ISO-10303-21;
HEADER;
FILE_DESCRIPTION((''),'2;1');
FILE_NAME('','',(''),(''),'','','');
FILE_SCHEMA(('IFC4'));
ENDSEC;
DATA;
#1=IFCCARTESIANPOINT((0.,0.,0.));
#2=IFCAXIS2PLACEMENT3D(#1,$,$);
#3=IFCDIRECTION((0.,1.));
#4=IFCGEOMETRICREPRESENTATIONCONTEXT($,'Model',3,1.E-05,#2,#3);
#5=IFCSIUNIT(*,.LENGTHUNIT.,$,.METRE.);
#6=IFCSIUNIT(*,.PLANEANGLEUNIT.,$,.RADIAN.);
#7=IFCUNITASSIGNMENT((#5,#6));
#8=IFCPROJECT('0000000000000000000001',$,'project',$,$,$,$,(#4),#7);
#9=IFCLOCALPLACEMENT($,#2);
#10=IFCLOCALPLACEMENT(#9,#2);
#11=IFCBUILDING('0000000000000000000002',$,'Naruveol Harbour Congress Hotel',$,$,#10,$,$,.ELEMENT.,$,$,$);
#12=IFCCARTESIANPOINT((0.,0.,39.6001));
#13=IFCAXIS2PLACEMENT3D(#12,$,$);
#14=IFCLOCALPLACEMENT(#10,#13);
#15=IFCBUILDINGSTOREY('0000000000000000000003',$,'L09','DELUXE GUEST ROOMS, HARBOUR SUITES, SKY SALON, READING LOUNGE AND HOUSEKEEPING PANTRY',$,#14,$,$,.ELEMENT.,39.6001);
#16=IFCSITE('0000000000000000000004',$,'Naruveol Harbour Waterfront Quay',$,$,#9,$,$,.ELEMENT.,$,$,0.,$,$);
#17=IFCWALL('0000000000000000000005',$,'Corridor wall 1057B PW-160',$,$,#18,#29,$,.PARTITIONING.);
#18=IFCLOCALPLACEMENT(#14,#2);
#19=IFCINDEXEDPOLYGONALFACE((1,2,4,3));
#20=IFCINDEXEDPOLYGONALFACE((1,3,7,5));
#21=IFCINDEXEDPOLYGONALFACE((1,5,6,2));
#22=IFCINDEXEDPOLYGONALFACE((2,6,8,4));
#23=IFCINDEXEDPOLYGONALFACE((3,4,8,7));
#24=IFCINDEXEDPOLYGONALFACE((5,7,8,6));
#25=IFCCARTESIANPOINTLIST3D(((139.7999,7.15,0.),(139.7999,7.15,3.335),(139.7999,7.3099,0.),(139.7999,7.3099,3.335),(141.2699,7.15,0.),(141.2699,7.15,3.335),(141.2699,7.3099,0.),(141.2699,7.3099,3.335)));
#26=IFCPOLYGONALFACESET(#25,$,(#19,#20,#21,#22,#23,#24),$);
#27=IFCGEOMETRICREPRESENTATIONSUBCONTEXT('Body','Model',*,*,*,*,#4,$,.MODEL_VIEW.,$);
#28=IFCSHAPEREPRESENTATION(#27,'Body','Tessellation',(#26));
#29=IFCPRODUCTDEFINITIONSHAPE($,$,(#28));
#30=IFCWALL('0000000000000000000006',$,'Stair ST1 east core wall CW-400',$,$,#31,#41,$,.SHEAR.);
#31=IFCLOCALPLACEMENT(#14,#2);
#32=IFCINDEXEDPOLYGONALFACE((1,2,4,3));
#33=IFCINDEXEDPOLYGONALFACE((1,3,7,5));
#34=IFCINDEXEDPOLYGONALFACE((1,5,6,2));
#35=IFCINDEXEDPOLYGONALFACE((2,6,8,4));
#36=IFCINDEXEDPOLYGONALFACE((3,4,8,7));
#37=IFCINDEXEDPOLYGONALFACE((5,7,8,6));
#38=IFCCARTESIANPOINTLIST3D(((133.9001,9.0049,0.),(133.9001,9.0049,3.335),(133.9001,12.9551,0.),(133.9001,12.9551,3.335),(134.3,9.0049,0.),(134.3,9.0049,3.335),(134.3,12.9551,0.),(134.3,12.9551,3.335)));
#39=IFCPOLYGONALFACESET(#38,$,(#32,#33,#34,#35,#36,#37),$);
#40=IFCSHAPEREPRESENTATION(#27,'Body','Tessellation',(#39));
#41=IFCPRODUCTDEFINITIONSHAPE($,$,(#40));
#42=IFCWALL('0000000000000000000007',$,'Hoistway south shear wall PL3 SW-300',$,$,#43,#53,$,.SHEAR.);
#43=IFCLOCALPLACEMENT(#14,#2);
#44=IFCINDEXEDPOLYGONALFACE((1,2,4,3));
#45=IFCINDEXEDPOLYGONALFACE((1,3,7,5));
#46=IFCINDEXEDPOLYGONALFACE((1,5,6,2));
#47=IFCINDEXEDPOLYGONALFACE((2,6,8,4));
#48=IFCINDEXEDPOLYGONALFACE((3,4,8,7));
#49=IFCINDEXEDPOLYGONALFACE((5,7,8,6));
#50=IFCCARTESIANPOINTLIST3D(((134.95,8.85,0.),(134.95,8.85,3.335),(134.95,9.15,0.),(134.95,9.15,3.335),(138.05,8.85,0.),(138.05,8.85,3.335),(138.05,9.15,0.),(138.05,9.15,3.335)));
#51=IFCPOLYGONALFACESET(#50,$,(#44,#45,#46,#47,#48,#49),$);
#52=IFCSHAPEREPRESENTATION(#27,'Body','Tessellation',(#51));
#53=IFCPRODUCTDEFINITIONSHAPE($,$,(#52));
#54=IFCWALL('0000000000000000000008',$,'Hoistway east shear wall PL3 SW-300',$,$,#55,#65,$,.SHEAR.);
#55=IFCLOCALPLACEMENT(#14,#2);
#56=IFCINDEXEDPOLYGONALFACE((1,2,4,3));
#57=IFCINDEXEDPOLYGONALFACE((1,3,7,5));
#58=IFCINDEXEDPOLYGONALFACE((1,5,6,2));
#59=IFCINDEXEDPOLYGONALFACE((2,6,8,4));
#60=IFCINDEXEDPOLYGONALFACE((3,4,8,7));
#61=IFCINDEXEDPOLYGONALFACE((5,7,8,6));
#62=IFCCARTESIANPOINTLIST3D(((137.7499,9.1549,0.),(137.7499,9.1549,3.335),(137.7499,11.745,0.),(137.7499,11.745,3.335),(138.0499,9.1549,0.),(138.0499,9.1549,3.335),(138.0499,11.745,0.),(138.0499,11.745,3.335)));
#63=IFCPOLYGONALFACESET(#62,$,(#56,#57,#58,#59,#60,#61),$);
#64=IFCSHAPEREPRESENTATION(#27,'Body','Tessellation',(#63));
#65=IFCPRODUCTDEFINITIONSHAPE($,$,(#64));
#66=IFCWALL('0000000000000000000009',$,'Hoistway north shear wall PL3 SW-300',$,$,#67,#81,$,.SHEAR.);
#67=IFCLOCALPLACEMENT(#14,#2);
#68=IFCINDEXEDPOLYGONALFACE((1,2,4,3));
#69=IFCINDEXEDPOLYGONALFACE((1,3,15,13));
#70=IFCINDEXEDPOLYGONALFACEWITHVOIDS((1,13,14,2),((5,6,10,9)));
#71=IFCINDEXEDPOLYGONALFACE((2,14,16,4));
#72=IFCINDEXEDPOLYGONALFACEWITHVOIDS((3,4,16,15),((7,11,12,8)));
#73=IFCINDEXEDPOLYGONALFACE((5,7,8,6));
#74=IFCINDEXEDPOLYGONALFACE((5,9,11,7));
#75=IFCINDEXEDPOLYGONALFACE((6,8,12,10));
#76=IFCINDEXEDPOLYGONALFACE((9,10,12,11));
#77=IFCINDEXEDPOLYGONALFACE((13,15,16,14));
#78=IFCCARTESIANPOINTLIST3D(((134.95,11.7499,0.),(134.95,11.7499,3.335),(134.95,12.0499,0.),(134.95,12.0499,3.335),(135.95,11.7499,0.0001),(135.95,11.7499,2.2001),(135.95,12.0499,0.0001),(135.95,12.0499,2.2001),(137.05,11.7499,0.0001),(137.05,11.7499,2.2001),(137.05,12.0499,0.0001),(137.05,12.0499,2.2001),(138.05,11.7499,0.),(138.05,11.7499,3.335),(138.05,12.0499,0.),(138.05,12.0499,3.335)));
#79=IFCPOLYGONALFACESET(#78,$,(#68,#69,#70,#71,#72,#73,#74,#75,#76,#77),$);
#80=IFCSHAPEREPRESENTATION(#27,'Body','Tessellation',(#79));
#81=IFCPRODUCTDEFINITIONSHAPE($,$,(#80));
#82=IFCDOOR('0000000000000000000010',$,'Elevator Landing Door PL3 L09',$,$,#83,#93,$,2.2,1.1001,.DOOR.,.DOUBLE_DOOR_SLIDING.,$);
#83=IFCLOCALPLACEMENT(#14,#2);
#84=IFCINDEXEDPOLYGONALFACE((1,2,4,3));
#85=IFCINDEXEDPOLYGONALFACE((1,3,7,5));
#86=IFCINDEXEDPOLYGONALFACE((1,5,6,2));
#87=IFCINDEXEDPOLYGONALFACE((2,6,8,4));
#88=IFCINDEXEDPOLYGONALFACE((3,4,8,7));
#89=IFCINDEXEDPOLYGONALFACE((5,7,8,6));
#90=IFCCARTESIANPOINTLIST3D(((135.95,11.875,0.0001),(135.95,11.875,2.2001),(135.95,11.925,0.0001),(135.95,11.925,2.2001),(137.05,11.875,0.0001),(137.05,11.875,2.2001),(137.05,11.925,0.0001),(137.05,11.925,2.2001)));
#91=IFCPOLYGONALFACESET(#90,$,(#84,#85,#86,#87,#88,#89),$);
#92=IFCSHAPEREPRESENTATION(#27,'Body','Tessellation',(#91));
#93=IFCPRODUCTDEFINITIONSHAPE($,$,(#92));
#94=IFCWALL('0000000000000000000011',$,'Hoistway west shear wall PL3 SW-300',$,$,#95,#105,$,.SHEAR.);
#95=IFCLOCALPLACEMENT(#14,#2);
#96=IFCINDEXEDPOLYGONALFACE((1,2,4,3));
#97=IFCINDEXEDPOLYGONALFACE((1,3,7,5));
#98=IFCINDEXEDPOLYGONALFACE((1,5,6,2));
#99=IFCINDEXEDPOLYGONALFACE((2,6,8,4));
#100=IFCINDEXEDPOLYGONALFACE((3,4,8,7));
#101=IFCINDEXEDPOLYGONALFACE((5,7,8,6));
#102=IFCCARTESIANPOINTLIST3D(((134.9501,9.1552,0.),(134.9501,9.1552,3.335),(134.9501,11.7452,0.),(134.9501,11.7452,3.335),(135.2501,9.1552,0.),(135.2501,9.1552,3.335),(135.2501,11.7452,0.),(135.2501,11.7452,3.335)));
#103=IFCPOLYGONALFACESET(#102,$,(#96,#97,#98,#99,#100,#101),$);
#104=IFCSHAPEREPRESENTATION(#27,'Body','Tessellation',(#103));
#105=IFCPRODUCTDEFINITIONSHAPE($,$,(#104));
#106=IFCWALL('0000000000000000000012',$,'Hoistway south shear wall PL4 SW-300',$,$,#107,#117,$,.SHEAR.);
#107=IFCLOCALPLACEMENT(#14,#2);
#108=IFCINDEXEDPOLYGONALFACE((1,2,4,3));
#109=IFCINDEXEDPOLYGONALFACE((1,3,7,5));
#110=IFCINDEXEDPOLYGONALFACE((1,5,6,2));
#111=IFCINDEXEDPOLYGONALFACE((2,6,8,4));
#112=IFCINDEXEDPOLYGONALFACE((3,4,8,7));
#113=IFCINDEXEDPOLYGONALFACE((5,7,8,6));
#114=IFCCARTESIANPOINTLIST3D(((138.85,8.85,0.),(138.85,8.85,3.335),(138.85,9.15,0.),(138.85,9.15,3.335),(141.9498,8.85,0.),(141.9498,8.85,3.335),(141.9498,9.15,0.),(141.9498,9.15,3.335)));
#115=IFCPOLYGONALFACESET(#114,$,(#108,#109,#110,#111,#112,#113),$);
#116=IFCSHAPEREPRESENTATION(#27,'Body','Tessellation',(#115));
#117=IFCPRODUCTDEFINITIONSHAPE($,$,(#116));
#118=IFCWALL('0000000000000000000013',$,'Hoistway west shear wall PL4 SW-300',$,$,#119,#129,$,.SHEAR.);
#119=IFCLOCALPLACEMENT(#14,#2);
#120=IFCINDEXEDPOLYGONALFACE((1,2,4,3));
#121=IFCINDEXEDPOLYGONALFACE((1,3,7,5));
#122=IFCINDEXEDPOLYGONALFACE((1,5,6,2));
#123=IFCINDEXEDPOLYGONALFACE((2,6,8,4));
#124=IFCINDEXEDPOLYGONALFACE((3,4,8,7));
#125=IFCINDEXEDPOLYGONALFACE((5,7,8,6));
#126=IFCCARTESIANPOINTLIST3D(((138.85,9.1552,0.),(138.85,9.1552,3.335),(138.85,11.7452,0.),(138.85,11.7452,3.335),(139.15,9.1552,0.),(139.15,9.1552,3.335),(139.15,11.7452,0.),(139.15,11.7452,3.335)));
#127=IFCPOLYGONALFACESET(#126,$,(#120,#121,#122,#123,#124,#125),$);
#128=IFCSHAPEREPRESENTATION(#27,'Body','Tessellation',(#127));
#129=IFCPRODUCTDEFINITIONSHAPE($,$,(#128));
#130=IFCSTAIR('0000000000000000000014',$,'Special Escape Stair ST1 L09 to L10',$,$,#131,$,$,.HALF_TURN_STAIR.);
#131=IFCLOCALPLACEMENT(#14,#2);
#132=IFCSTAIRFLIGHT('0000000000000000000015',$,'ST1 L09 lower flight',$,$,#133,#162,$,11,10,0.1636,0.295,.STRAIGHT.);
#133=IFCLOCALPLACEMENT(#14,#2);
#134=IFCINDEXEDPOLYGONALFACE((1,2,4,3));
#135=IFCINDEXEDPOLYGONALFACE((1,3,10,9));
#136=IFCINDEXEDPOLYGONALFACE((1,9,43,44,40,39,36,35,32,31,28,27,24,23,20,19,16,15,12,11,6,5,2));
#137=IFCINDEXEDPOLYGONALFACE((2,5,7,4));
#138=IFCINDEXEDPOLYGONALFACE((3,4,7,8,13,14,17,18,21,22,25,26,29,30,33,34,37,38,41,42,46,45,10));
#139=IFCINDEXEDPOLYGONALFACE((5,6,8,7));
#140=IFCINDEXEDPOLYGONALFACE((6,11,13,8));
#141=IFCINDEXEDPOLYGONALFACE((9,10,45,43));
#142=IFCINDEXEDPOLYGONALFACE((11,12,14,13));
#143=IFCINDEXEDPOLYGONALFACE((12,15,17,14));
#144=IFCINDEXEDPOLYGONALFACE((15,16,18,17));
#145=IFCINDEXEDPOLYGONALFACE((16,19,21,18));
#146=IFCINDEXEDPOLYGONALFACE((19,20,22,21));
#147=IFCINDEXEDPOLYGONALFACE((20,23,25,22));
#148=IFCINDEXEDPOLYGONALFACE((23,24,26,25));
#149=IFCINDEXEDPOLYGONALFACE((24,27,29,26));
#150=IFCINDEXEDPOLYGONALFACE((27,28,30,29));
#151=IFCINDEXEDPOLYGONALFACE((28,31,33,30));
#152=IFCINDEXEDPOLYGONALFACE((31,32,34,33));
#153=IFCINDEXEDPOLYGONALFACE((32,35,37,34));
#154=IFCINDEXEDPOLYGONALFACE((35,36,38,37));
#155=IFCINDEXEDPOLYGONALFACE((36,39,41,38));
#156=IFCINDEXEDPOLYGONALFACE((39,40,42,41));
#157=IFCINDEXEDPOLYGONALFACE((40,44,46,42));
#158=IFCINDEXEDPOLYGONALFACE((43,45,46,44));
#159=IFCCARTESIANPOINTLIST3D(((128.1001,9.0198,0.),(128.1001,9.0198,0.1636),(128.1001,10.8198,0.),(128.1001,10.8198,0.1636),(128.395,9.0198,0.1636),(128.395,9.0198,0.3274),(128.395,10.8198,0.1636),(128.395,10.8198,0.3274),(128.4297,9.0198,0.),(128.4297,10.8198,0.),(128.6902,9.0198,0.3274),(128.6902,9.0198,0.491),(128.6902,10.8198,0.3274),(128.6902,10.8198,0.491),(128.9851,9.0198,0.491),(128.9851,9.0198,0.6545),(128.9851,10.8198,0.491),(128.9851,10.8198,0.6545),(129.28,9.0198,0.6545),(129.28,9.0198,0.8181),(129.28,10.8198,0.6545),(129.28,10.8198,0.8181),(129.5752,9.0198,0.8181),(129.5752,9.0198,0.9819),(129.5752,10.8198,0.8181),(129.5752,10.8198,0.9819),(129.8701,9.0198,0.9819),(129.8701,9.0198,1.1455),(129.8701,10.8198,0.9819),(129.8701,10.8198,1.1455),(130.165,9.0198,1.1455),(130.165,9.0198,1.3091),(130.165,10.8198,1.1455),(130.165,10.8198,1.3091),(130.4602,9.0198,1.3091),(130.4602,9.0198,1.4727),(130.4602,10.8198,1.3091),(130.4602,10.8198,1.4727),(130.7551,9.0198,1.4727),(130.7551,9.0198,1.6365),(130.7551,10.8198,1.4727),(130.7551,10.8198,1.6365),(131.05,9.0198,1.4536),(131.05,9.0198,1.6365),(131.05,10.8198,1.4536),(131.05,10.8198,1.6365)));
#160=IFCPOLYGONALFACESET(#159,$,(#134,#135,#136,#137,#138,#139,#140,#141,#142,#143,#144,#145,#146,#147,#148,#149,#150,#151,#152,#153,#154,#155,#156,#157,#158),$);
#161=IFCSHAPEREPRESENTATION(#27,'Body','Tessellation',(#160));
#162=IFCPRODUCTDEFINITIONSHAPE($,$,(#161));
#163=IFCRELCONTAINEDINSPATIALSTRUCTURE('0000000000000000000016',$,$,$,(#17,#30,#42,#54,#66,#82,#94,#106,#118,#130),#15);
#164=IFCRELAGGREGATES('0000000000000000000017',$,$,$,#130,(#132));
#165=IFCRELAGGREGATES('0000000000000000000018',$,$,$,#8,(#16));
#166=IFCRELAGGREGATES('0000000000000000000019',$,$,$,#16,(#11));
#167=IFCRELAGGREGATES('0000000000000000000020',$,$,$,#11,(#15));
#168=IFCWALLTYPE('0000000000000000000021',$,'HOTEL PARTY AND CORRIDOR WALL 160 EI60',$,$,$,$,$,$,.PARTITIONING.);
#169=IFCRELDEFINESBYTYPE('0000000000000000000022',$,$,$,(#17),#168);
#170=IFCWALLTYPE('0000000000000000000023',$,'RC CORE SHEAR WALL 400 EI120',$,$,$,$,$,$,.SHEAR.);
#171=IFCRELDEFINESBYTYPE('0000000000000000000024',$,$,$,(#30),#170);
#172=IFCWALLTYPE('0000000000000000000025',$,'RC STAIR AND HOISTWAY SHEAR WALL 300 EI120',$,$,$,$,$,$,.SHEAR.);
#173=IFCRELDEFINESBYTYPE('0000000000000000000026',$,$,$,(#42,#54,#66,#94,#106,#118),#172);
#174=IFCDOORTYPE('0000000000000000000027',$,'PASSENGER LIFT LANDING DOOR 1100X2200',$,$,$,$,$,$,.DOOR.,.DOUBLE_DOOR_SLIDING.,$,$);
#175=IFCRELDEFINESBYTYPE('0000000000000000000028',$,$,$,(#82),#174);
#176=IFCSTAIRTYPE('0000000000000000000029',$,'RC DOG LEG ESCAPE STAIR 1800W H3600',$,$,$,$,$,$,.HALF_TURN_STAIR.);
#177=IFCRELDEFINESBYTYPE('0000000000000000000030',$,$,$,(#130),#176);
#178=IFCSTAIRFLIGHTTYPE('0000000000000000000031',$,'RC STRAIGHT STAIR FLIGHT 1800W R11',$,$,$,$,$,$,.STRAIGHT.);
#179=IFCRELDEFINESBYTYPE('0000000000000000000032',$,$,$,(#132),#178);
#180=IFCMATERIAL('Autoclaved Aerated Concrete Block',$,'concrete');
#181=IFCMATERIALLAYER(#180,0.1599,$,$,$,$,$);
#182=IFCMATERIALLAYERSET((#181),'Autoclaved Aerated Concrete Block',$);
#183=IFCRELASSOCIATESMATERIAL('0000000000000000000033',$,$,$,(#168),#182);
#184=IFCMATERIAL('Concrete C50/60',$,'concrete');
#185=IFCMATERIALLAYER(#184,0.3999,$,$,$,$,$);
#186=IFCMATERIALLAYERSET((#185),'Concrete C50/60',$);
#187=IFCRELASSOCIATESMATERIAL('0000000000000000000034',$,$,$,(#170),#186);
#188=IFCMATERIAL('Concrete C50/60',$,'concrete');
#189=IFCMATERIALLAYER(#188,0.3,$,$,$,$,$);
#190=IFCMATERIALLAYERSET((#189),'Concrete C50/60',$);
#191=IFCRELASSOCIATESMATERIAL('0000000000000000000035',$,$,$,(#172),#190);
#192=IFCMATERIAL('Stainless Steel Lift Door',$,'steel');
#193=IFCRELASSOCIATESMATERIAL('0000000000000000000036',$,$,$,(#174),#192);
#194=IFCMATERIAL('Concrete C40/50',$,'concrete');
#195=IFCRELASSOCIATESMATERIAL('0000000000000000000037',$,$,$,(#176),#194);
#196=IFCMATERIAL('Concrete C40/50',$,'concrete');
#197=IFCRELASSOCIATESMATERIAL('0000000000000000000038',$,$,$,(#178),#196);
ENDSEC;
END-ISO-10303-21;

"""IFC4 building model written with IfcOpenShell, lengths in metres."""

from ifc_helpers import new_model, si_unit, direction, frame, frame_2d, origin, place, context, subcontext, project, spatial, polyline, rectangle, outline, extrude, material, layer, layer_set, type_object, element, fill, aggregate, save


model = new_model("IFC4")

# Units and contexts
model_context = context("Model", 3, precision=1e-05, world=origin(), true_north=direction((0.0, 1.0)))
body_context = subcontext(model_context, "Body", "Model", "MODEL_VIEW")
ifc_project = project(units=[si_unit("LENGTHUNIT", "METRE"), si_unit("PLANEANGLEUNIT", "RADIAN")], contexts=[model_context])

# Site, building, storey
site_placement = place(None, origin())
site = spatial("IfcSite", under=ifc_project, at=site_placement, Name="Naruveol Harbour Waterfront Quay", CompositionType="ELEMENT", RefElevation=0.0)
building_placement = place(site_placement, origin())
building = spatial("IfcBuilding", under=site, at=building_placement, Name="Naruveol Harbour Congress Hotel", CompositionType="ELEMENT")
storey_placement = place(building_placement, frame((0.0, 0.0, 39.6001)))
storey = spatial("IfcBuildingStorey", under=building, at=storey_placement, Name="L09", Description="DELUXE GUEST ROOMS, HARBOUR SUITES, SKY SALON, READING LOUNGE AND HOUSEKEEPING PANTRY", CompositionType="ELEMENT", Elevation=39.6001)

# Shared definitions
ifc_material_1 = material(Name="Autoclaved Aerated Concrete Block", Category="concrete")
ifc_layer_1 = layer(ifc_material_1, 0.1599)
ifc_layer_set_1 = layer_set([ifc_layer_1], Name="Autoclaved Aerated Concrete Block")
wall_type_1 = type_object("IfcWallType", Name="HOTEL PARTY AND CORRIDOR WALL 160 EI60", PredefinedType="PARTITIONING", material=ifc_layer_set_1)

# Walls
wall_1_placement = place(storey_placement, frame((139.8, 7.23, 0.0), z_axis=(0.0, 0.0, 1.0), x_axis=(1.0, 0.0, 0.0)))
element("IfcWall", 1, at=wall_1_placement, inside=storey, type_object=wall_type_1, Name="Corridor wall 1057B PW-160", PredefinedType="PARTITIONING", context=body_context, shape_type="SweptSolid", body=[
    extrude(rectangle(XDim=1.47, YDim=0.1599, at=frame_2d((0.7349, 0.0))), origin(), (0.0, 0.0, 1.0), 3.335),
])
ifc_material_2 = material(Name="Concrete C50/60", Category="concrete")
ifc_layer_2 = layer(ifc_material_2, 0.3999)
ifc_layer_set_2 = layer_set([ifc_layer_2], Name="Concrete C50/60")
wall_type_2 = type_object("IfcWallType", Name="RC CORE SHEAR WALL 400 EI120", PredefinedType="SHEAR", material=ifc_layer_set_2)
wall_2_placement = place(storey_placement, frame((134.1001, 9.0049, 0.0), z_axis=(0.0, 0.0, 1.0), x_axis=(0.0, 1.0, 0.0)))
element("IfcWall", 2, at=wall_2_placement, inside=storey, type_object=wall_type_2, Name="Stair ST1 east core wall CW-400", PredefinedType="SHEAR", context=body_context, shape_type="SweptSolid", body=[
    extrude(rectangle(XDim=3.9502, YDim=0.3999, at=frame_2d((1.9751, 0.0))), origin(), (0.0, 0.0, 1.0), 3.335),
])
ifc_material_3 = material(Name="Concrete C50/60", Category="concrete")
ifc_layer_3 = layer(ifc_material_3, 0.3)
ifc_layer_set_3 = layer_set([ifc_layer_3], Name="Concrete C50/60")
wall_type_3 = type_object("IfcWallType", Name="RC STAIR AND HOISTWAY SHEAR WALL 300 EI120", PredefinedType="SHEAR", material=ifc_layer_set_3)
wall_3_placement = place(storey_placement, frame((134.95, 9.0, 0.0), z_axis=(0.0, 0.0, 1.0), x_axis=(1.0, 0.0, 0.0)))
element("IfcWall", 3, at=wall_3_placement, inside=storey, type_object=wall_type_3, Name="Hoistway south shear wall PL3 SW-300", PredefinedType="SHEAR", context=body_context, shape_type="SweptSolid", body=[
    extrude(rectangle(XDim=3.1001, YDim=0.3, at=frame_2d((1.55, 0.0))), origin(), (0.0, 0.0, 1.0), 3.335),
])
wall_4_placement = place(storey_placement, frame((137.8999, 9.155, 0.0), z_axis=(0.0, 0.0, 1.0), x_axis=(0.0, 1.0, 0.0)))
element("IfcWall", 4, at=wall_4_placement, inside=storey, type_object=wall_type_3, Name="Hoistway east shear wall PL3 SW-300", PredefinedType="SHEAR", context=body_context, shape_type="SweptSolid", body=[
    extrude(rectangle(XDim=2.5901, YDim=0.3, at=frame_2d((1.2949, 0.0))), origin(), (0.0, 0.0, 1.0), 3.335),
])

# Wall, opening, door
wall_5_placement = place(storey_placement, frame((138.05, 11.8999, 0.0), z_axis=(0.0, 0.0, 1.0), x_axis=(-1.0, 0.0, 0.0)))
wall_5 = element("IfcWall", 5, at=wall_5_placement, inside=storey, type_object=wall_type_3, Name="Hoistway north shear wall PL3 SW-300", PredefinedType="SHEAR", context=body_context, shape_type="SweptSolid", body=[
    extrude(rectangle(XDim=3.1001, YDim=0.3, at=frame_2d((1.55, 0.0))), origin(), (0.0, 0.0, 1.0), 3.335),
])
opening_1_placement = place(wall_5_placement, frame((1.0, 0.0, 0.0)))
opening_1 = element("IfcOpeningElement", 6, at=opening_1_placement, cuts=wall_5, PredefinedType="OPENING", context=body_context, shape_type="SweptSolid", body=[
    extrude(rectangle(XDim=1.1001, YDim=2.2, at=frame_2d((0.55, 1.1001))), frame((0.0, 0.1599, 0.0), z_axis=(0.0, -1.0, 0.0), x_axis=(1.0, 0.0, 0.0)), (0.0, 0.0, 1.0), 0.3201),
])
ifc_material_4 = material(Name="Stainless Steel Lift Door", Category="steel")
door_type_1 = type_object("IfcDoorType", Name="PASSENGER LIFT LANDING DOOR 1100X2200", OperationType="DOUBLE_DOOR_SLIDING", PredefinedType="DOOR", material=ifc_material_4)
door_1_placement = place(opening_1_placement, origin())
door_1 = element("IfcDoor", 7, at=door_1_placement, inside=storey, type_object=door_type_1, Name="Elevator Landing Door PL3 L09", OperationType="DOUBLE_DOOR_SLIDING", OverallHeight=2.2, OverallWidth=1.1001, PredefinedType="DOOR", context=body_context, shape_type="SweptSolid", body=[
    extrude(rectangle(XDim=1.1001, YDim=2.2, at=frame_2d((0.55, 1.1001))), frame((0.0, 0.0249, 0.0), z_axis=(0.0, -1.0, 0.0), x_axis=(1.0, 0.0, 0.0)), (0.0, 0.0, 1.0), 0.05),
])
fill(opening_1, door_1)

# Walls
wall_6_placement = place(storey_placement, frame((135.1001, 11.7451, 0.0), z_axis=(0.0, 0.0, 1.0), x_axis=(0.0, -1.0, 0.0)))
element("IfcWall", 8, at=wall_6_placement, inside=storey, type_object=wall_type_3, Name="Hoistway west shear wall PL3 SW-300", PredefinedType="SHEAR", context=body_context, shape_type="SweptSolid", body=[
    extrude(rectangle(XDim=2.5901, YDim=0.3, at=frame_2d((1.2949, 0.0))), origin(), (0.0, 0.0, 1.0), 3.335),
])
wall_7_placement = place(storey_placement, frame((138.8501, 9.0, 0.0), z_axis=(0.0, 0.0, 1.0), x_axis=(1.0, 0.0, 0.0)))
element("IfcWall", 9, at=wall_7_placement, inside=storey, type_object=wall_type_3, Name="Hoistway south shear wall PL4 SW-300", PredefinedType="SHEAR", context=body_context, shape_type="SweptSolid", body=[
    extrude(rectangle(XDim=3.0999, YDim=0.3, at=frame_2d((1.5498, 0.0))), origin(), (0.0, 0.0, 1.0), 3.335),
])
wall_8_placement = place(storey_placement, frame((139.0, 11.7451, 0.0), z_axis=(0.0, 0.0, 1.0), x_axis=(0.0, -1.0, 0.0)))
element("IfcWall", 10, at=wall_8_placement, inside=storey, type_object=wall_type_3, Name="Hoistway west shear wall PL4 SW-300", PredefinedType="SHEAR", context=body_context, shape_type="SweptSolid", body=[
    extrude(rectangle(XDim=2.5901, YDim=0.3, at=frame_2d((1.2949, 0.0))), origin(), (0.0, 0.0, 1.0), 3.335),
])

# Stair, stair flight
ifc_material_5 = material(Name="Concrete C40/50", Category="concrete")
stair_type = type_object("IfcStairType", Name="RC DOG LEG ESCAPE STAIR 1800W H3600", PredefinedType="HALF_TURN_STAIR", material=ifc_material_5)
stair_placement = place(storey_placement, origin())
stair = element("IfcStair", 11, at=stair_placement, inside=storey, type_object=stair_type, Name="Special Escape Stair ST1 L09 to L10", PredefinedType="HALF_TURN_STAIR")
ifc_material_6 = material(Name="Concrete C40/50", Category="concrete")
stair_flight_type = type_object("IfcStairFlightType", Name="RC STRAIGHT STAIR FLIGHT 1800W R11", PredefinedType="STRAIGHT", material=ifc_material_6)
stair_flight_1_placement = place(storey_placement, frame((128.1001, 9.9199, 0.0), z_axis=(0.0, 0.0, 1.0), x_axis=(1.0, 0.0, 0.0)))
stair_flight_1 = element("IfcStairFlight", 12, at=stair_flight_1_placement, type_object=stair_flight_type, Name="ST1 L09 lower flight", NumberOfRisers=11, NumberOfTreads=10, PredefinedType="STRAIGHT", RiserHeight=0.1636, TreadLength=0.295, context=body_context, shape_type="SweptSolid", body=[
    extrude(outline(polyline([(0.0, 0.0), (0.0, 0.1636), (0.2949, 0.1636), (0.2949, 0.3274), (0.5901, 0.3274), (0.5901, 0.491), (0.885, 0.491), (0.885, 0.6545), (1.1799, 0.6545), (1.1799, 0.8181), (1.4751, 0.8181), (1.4751, 0.9819), (1.77, 0.9819), (1.77, 1.1455), (2.0649, 1.1455), (2.0649, 1.3091), (2.3601, 1.3091), (2.3601, 1.4727), (2.655, 1.4727), (2.655, 1.6365), (2.95, 1.6365), (2.95, 1.8), (2.95, 1.4536), (0.3296, 0.0), (0.0, 0.0)])), frame((0.0, 0.8999, 0.0), z_axis=(0.0, -1.0, 0.0), x_axis=(1.0, 0.0, 0.0)), (0.0, 0.0, 1.0), 1.8),
])
aggregate(stair, [stair_flight_1])

save(model, "model.ifc")
